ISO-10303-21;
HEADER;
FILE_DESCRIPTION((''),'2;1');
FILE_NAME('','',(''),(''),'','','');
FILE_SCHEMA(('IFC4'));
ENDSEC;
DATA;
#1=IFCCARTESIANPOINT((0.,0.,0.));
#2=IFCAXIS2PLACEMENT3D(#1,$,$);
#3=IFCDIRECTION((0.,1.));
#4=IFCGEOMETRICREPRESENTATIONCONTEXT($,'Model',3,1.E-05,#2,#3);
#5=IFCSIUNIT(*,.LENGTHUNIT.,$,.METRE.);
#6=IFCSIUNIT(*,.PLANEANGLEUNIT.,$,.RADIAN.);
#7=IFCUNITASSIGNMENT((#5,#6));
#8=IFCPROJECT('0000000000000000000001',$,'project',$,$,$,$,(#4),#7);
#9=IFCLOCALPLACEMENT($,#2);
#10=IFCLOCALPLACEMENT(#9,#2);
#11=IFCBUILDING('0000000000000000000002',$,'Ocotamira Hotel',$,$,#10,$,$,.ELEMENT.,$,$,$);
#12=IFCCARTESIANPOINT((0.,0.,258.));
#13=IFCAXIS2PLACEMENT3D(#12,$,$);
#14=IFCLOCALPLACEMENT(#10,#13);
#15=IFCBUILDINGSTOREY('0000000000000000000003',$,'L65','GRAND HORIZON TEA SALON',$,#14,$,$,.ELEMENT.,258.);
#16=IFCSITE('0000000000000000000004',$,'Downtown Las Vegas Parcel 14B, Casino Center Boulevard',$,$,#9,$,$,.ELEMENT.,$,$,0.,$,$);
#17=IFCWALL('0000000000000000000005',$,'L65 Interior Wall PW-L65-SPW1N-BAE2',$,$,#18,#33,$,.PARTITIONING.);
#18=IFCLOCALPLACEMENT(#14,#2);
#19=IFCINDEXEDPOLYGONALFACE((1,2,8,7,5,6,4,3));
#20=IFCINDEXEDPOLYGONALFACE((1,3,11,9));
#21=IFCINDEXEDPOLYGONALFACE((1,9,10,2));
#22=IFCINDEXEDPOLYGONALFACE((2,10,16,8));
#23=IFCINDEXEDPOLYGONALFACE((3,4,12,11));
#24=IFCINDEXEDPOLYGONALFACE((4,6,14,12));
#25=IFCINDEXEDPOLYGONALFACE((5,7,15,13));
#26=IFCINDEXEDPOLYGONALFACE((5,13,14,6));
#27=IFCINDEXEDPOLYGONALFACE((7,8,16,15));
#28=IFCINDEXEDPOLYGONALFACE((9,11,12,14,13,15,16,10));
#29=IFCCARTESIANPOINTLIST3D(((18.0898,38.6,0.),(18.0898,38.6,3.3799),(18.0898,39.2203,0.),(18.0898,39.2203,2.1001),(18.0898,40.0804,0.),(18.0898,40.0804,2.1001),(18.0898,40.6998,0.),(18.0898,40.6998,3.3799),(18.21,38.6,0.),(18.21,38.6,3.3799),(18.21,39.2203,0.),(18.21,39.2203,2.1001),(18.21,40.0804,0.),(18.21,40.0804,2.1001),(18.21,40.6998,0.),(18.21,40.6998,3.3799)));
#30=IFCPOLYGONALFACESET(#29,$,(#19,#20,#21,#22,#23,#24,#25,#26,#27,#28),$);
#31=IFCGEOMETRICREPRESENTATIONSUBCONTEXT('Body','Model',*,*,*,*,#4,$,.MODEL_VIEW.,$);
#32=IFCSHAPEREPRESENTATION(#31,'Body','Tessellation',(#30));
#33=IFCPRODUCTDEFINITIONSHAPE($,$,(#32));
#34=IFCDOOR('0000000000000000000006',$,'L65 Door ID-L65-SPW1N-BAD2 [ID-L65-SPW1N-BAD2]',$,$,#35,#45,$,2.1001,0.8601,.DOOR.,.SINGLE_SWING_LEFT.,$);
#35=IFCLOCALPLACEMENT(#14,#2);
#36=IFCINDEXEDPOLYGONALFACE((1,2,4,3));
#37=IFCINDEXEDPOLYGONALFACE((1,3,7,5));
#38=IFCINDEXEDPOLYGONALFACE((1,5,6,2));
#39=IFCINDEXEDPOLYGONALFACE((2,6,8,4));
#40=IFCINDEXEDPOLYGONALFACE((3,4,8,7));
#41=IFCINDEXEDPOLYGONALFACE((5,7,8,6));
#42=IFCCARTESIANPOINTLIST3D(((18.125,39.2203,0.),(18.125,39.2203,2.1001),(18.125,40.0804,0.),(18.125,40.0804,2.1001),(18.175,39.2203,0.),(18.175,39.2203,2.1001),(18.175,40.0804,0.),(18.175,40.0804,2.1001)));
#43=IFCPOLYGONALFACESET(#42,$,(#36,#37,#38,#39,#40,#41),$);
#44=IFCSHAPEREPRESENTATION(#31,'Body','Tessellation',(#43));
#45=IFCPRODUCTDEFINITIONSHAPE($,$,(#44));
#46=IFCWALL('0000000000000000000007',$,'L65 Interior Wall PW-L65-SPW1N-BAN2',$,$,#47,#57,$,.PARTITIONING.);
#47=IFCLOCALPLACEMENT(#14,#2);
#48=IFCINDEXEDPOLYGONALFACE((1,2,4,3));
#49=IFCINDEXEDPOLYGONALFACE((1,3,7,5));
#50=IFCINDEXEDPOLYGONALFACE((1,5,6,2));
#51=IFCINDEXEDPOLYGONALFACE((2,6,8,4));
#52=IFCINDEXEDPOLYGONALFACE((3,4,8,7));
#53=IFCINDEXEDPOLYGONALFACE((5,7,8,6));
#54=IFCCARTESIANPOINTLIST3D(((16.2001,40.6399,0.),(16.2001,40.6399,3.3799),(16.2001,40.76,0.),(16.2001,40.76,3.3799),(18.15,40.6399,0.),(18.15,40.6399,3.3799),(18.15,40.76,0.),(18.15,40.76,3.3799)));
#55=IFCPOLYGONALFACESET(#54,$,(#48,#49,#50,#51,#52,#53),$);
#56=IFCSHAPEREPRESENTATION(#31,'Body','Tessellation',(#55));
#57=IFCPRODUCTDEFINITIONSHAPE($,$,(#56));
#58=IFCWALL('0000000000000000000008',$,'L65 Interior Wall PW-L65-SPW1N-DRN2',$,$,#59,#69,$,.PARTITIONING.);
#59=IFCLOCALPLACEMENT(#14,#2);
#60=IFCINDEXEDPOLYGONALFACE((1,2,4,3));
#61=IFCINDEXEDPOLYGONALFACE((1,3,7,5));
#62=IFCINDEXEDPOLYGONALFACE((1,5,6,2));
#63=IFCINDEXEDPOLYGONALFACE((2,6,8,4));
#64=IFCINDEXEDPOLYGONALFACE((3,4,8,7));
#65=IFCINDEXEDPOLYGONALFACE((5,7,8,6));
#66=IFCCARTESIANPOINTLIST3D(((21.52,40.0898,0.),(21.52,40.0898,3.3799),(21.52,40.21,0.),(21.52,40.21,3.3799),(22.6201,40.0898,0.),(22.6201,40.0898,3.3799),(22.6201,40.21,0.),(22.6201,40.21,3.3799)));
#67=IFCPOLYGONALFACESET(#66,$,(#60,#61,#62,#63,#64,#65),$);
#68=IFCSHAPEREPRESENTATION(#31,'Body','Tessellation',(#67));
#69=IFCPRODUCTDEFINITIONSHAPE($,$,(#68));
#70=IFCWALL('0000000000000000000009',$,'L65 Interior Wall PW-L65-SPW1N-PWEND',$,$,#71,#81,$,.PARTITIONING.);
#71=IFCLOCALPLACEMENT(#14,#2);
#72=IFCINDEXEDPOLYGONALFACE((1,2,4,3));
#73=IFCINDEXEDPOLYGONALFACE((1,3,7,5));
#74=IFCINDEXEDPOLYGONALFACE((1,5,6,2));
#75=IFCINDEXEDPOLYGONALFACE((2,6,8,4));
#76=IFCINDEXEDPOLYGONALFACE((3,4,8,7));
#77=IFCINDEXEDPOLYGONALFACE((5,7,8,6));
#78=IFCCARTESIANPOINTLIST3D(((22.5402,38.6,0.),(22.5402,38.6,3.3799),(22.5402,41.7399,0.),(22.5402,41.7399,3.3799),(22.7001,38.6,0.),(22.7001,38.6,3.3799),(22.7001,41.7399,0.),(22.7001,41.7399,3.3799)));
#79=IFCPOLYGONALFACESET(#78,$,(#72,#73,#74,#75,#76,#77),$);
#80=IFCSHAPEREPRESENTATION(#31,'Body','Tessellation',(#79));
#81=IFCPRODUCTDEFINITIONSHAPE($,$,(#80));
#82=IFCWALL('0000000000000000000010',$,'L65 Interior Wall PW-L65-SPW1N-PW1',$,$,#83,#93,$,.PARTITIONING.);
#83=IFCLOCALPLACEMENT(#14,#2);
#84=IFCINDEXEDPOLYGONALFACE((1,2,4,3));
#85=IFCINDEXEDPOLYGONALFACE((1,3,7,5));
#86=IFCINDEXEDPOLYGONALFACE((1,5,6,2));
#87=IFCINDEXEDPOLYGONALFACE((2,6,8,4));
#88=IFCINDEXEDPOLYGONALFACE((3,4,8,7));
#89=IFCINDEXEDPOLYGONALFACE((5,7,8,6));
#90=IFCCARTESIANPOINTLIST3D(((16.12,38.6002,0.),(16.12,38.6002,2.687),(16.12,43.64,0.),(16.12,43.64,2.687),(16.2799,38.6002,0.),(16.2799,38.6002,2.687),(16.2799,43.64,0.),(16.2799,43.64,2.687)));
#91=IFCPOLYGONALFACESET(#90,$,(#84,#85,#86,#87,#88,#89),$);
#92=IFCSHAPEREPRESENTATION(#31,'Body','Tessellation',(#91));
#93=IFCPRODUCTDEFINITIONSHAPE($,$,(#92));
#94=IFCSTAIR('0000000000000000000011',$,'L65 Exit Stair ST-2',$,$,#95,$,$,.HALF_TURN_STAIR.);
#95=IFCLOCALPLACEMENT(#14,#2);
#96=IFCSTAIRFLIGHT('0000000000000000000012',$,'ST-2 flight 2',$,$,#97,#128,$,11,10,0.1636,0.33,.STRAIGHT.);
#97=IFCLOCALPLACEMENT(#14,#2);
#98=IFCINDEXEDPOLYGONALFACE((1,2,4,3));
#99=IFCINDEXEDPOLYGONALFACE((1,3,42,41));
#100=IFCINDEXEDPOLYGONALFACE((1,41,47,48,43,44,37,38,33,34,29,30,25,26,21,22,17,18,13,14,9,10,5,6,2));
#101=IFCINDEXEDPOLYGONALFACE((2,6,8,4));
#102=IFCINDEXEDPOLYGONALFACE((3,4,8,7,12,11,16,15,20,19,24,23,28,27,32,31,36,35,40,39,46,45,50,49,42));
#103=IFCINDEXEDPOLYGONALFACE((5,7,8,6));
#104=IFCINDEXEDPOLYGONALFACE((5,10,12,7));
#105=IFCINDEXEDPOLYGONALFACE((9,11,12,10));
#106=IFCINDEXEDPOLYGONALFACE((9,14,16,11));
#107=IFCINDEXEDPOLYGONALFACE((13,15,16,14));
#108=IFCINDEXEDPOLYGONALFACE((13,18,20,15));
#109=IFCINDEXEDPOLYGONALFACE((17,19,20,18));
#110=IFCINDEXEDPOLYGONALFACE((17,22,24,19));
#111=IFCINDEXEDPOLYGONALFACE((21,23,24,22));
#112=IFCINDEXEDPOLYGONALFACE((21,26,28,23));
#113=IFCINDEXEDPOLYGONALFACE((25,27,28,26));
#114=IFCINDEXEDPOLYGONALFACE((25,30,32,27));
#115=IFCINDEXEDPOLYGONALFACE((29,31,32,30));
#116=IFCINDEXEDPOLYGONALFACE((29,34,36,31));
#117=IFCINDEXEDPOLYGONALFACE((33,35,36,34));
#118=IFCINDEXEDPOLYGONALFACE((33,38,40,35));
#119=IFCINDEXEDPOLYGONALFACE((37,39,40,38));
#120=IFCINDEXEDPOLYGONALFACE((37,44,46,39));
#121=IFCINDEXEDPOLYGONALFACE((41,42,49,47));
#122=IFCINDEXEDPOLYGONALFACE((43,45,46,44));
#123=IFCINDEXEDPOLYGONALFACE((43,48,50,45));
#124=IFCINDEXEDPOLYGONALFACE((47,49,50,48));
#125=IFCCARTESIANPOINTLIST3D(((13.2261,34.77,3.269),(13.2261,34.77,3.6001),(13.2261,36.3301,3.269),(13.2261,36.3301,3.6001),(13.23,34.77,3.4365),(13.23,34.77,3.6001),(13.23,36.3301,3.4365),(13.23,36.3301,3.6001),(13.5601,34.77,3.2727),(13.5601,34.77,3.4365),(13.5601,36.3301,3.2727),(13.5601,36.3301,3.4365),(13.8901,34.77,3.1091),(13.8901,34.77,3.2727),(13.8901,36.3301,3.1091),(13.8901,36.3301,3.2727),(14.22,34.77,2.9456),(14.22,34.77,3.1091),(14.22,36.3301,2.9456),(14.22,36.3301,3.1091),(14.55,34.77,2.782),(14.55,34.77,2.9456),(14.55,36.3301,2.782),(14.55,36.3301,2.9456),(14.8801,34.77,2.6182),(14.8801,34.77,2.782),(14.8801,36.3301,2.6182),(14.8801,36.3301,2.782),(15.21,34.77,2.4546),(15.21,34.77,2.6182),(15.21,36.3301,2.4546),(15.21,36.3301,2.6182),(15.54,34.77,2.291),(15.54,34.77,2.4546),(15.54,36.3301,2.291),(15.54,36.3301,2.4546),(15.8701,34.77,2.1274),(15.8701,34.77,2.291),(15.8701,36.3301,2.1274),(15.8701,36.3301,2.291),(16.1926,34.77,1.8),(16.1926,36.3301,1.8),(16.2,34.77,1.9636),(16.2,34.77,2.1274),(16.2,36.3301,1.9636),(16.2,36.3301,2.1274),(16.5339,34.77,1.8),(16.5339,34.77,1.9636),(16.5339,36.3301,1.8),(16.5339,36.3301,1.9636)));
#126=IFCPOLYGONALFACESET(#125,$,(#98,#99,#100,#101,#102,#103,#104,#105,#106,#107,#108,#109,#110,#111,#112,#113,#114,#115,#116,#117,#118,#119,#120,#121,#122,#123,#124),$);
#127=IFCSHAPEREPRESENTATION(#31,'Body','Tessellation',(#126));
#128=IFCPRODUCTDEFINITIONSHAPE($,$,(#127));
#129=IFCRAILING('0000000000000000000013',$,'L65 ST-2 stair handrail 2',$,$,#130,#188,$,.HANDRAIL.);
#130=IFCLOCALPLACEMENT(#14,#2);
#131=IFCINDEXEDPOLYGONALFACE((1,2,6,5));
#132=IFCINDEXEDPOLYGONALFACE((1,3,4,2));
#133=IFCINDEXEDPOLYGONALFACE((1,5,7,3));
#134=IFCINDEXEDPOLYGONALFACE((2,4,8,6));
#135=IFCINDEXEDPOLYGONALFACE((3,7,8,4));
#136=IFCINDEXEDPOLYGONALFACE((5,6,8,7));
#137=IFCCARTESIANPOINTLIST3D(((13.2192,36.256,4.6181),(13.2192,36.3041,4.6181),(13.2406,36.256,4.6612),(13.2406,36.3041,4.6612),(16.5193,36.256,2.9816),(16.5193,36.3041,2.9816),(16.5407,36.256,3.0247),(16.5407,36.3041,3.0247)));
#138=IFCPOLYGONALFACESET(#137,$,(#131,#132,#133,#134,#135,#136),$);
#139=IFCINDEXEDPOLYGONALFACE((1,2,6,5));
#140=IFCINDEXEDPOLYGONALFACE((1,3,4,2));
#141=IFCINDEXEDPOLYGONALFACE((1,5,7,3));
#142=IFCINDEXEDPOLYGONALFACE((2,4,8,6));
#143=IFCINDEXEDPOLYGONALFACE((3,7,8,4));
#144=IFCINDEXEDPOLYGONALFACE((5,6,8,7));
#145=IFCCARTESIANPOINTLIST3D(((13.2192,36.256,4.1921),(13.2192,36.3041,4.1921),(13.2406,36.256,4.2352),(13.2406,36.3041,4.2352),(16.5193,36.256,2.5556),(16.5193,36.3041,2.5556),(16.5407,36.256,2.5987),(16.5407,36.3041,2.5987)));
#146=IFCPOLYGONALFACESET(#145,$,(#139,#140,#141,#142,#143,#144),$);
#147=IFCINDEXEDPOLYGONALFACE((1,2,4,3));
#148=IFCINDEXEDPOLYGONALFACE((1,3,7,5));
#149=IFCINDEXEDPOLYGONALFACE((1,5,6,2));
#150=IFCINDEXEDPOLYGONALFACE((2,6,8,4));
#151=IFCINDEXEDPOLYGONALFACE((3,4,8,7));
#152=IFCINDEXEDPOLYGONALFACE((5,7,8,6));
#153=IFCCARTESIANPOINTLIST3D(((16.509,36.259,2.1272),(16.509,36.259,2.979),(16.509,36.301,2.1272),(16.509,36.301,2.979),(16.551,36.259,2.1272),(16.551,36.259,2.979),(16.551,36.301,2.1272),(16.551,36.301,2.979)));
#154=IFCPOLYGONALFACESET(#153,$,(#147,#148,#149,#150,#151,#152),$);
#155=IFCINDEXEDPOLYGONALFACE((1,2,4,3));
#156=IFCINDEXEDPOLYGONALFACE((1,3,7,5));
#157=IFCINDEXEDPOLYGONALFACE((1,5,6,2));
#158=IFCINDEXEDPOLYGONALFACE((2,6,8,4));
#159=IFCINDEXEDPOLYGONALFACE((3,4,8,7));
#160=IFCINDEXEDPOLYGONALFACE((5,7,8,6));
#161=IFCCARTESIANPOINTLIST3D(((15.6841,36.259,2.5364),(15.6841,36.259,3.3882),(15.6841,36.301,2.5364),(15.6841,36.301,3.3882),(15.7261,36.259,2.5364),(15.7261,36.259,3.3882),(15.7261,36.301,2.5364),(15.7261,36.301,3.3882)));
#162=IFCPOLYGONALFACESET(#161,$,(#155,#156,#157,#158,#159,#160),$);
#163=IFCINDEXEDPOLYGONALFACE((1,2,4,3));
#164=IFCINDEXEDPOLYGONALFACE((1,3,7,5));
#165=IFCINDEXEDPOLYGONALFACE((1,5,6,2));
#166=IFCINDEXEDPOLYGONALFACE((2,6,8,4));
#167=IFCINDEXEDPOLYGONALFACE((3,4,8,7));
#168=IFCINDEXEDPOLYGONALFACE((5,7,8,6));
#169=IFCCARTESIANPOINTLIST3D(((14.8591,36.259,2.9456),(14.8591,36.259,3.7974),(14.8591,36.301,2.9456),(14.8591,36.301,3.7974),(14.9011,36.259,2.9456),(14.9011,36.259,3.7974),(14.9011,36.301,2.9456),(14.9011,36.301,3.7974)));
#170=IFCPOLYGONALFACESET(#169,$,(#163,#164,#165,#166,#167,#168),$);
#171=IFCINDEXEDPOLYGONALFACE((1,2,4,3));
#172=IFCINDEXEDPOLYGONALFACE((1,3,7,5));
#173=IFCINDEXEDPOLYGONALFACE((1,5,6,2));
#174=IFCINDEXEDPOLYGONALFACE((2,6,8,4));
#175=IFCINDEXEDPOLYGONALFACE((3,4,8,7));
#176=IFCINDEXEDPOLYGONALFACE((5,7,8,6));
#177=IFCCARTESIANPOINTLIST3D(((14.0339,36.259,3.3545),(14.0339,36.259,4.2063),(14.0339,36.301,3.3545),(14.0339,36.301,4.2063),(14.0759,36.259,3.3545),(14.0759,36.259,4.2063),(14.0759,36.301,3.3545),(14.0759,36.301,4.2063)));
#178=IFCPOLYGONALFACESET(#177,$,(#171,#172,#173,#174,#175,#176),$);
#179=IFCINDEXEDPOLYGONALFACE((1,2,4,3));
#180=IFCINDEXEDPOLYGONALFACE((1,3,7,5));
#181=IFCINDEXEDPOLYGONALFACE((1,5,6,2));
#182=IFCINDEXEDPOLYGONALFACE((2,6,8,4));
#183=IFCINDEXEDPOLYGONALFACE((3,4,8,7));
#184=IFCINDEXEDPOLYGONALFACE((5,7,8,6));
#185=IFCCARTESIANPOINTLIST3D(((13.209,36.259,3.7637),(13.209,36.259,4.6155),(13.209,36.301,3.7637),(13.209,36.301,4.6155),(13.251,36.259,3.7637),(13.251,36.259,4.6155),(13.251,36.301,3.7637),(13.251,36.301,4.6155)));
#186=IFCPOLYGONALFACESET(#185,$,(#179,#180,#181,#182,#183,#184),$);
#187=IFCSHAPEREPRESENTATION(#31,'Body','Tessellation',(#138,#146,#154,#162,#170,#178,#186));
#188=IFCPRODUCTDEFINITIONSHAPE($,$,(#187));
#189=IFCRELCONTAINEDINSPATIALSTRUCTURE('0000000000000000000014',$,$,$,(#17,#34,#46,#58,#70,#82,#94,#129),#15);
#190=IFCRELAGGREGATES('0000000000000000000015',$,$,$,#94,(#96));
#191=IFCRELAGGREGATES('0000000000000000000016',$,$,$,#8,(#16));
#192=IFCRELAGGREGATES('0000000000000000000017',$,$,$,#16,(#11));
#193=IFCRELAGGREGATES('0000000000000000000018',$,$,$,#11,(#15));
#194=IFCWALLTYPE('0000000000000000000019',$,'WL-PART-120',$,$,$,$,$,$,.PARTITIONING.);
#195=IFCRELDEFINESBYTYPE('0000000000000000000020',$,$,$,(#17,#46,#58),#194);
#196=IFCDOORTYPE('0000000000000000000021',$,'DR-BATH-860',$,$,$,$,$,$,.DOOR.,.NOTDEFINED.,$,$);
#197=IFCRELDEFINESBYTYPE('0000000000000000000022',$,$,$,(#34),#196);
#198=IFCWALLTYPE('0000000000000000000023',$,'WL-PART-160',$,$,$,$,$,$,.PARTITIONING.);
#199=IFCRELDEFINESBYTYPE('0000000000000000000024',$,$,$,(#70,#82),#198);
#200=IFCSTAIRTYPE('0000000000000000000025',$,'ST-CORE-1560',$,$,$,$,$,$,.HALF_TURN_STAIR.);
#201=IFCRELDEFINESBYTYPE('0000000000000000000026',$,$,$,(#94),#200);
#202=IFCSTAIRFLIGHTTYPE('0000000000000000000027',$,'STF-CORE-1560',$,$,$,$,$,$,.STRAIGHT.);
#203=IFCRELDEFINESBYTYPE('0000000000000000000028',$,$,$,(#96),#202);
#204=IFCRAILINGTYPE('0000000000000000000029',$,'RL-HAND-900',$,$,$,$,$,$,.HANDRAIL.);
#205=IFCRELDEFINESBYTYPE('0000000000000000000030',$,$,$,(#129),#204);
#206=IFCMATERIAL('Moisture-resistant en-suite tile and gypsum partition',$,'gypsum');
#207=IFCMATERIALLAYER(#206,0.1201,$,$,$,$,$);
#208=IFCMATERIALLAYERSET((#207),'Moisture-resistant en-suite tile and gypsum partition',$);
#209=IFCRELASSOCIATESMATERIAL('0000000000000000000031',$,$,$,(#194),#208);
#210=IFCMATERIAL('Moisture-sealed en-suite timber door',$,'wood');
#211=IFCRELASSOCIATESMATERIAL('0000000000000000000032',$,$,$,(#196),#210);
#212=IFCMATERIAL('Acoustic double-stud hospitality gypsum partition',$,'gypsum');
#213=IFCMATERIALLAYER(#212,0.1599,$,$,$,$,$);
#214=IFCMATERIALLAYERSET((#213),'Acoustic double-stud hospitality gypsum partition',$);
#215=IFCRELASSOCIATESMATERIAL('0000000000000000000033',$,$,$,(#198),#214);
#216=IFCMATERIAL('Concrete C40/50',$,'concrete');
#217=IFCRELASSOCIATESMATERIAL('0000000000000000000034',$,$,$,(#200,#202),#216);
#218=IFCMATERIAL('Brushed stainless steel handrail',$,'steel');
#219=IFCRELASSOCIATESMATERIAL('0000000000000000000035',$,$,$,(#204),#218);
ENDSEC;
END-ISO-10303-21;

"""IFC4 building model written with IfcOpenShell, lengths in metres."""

from ifc_helpers import new_model, si_unit, direction, frame, frame_2d, origin, origin_2d, place, context, subcontext, project, spatial, polyline, rectangle, outline, extrude, source, transform, mapped, material, layer, layer_set, type_object, element, fill, aggregate, save


model = new_model("IFC4")

# Units and contexts
model_context = context("Model", 3, precision=1e-05, world=origin(), true_north=direction((0.0, 1.0)))
body_context = subcontext(model_context, "Body", "Model", "MODEL_VIEW")
ifc_project = project(units=[si_unit("LENGTHUNIT", "METRE"), si_unit("PLANEANGLEUNIT", "RADIAN")], contexts=[model_context])

# Site, building, storey
site_placement = place(None, origin())
site = spatial("IfcSite", under=ifc_project, at=site_placement, Name="Downtown Las Vegas Parcel 14B, Casino Center Boulevard", CompositionType="ELEMENT", RefElevation=0.0)
building_placement = place(site_placement, origin())
building = spatial("IfcBuilding", under=site, at=building_placement, Name="Ocotamira Hotel", CompositionType="ELEMENT")
storey_placement = place(building_placement, frame((0.0, 0.0, 258.0)))
storey = spatial("IfcBuildingStorey", under=building, at=storey_placement, Name="L65", Description="GRAND HORIZON TEA SALON", CompositionType="ELEMENT", Elevation=258.0)

# Wall, opening, door
ifc_material_1 = material(Name="Moisture-resistant en-suite tile and gypsum partition", Category="gypsum")
ifc_layer_1 = layer(ifc_material_1, 0.1201)
ifc_layer_set_1 = layer_set([ifc_layer_1], Name="Moisture-resistant en-suite tile and gypsum partition")
wall_type_1 = type_object("IfcWallType", Name="WL-PART-120", PredefinedType="PARTITIONING", material=ifc_layer_set_1)
wall_1_placement = place(storey_placement, frame((18.1499, 38.6001, 0.0), z_axis=(0.0, 0.0, 1.0), x_axis=(0.0, 1.0, 0.0)))
wall_1 = element("IfcWall", 1, at=wall_1_placement, inside=storey, type_object=wall_type_1, Name="L65 Interior Wall PW-L65-SPW1N-BAE2", PredefinedType="PARTITIONING", context=body_context, shape_type="SweptSolid", body=[
    extrude(rectangle(XDim=2.0999, YDim=0.1201, at=frame_2d((1.0498, 0.0))), origin(), (0.0, 0.0, 1.0), 3.3799),
])
opening_placement = place(wall_1_placement, frame((0.6201, 0.0, 0.0)))
opening = element("IfcOpeningElement", 2, at=opening_placement, cuts=wall_1, PredefinedType="OPENING", context=body_context, shape_type="SweptSolid", body=[
    extrude(rectangle(XDim=0.8601, YDim=2.1001, at=frame_2d((0.4302, 1.05))), frame((0.0, 0.0701, 0.0), z_axis=(0.0, -1.0, 0.0), x_axis=(1.0, 0.0, 0.0)), (0.0, 0.0, 1.0), 0.1401),
])
ifc_material_2 = material(Name="Moisture-sealed en-suite timber door", Category="wood")
door_type = type_object("IfcDoorType", Name="DR-BATH-860", OperationType="NOTDEFINED", PredefinedType="DOOR", material=ifc_material_2)
shared_shape_1 = source(origin(), body_context, "Body", "SweptSolid", [
    extrude(rectangle(XDim=0.8601, YDim=2.1001, at=frame_2d((0.4302, 1.05))), frame((0.0, 0.0249, 0.0), z_axis=(0.0, -1.0, 0.0), x_axis=(1.0, 0.0, 0.0)), (0.0, 0.0, 1.0), 0.05),
])
door_placement = place(opening_placement, origin())
door = element("IfcDoor", 3, at=door_placement, inside=storey, type_object=door_type, Name="L65 Door ID-L65-SPW1N-BAD2 [ID-L65-SPW1N-BAD2]", OperationType="SINGLE_SWING_LEFT", OverallHeight=2.1001, OverallWidth=0.8601, PredefinedType="DOOR", context=body_context, shape_type="MappedRepresentation", body=[
    mapped(shared_shape_1, transform((0.0, 0.0, 0.0), scale=1.0)),
])
fill(opening, door)

# Walls
wall_2_placement = place(storey_placement, frame((16.2, 40.7, 0.0), z_axis=(0.0, 0.0, 1.0), x_axis=(1.0, 0.0, 0.0)))
element("IfcWall", 4, at=wall_2_placement, inside=storey, type_object=wall_type_1, Name="L65 Interior Wall PW-L65-SPW1N-BAN2", PredefinedType="PARTITIONING", context=body_context, shape_type="SweptSolid", body=[
    extrude(rectangle(XDim=1.95, YDim=0.1201, at=frame_2d((0.9751, 0.0))), origin(), (0.0, 0.0, 1.0), 3.3799),
])
wall_3_placement = place(storey_placement, frame((21.52, 40.1499, 0.0), z_axis=(0.0, 0.0, 1.0), x_axis=(1.0, 0.0, 0.0)))
element("IfcWall", 5, at=wall_3_placement, inside=storey, type_object=wall_type_1, Name="L65 Interior Wall PW-L65-SPW1N-DRN2", PredefinedType="PARTITIONING", context=body_context, shape_type="SweptSolid", body=[
    extrude(rectangle(XDim=1.1001, YDim=0.1201, at=frame_2d((0.55, 0.0))), origin(), (0.0, 0.0, 1.0), 3.3799),
])
ifc_material_3 = material(Name="Acoustic double-stud hospitality gypsum partition", Category="gypsum")
ifc_layer_2 = layer(ifc_material_3, 0.1599)
ifc_layer_set_2 = layer_set([ifc_layer_2], Name="Acoustic double-stud hospitality gypsum partition")
wall_type_2 = type_object("IfcWallType", Name="WL-PART-160", PredefinedType="PARTITIONING", material=ifc_layer_set_2)
wall_4_placement = place(storey_placement, frame((22.6201, 38.6001, 0.0), z_axis=(0.0, 0.0, 1.0), x_axis=(0.0, 1.0, 0.0)))
element("IfcWall", 6, at=wall_4_placement, inside=storey, type_object=wall_type_2, Name="L65 Interior Wall PW-L65-SPW1N-PWEND", PredefinedType="PARTITIONING", context=body_context, shape_type="SweptSolid", body=[
    extrude(rectangle(XDim=3.1399, YDim=0.1599, at=frame_2d((1.5698, 0.0))), origin(), (0.0, 0.0, 1.0), 3.3799),
])
wall_5_placement = place(storey_placement, frame((16.2, 38.6001, 0.0), z_axis=(0.0, 0.0, 1.0), x_axis=(0.0, 1.0, 0.0)))
element("IfcWall", 7, at=wall_5_placement, inside=storey, type_object=wall_type_2, Name="L65 Interior Wall PW-L65-SPW1N-PW1", PredefinedType="PARTITIONING", context=body_context, shape_type="SweptSolid", body=[
    extrude(rectangle(XDim=5.0398, YDim=0.1599, at=frame_2d((2.52, 0.0))), origin(), (0.0, 0.0, 1.0), 2.687),
])

# Stair, stair flight
ifc_material_4 = material(Name="Concrete C40/50", Category="concrete")
stair_type = type_object("IfcStairType", Name="ST-CORE-1560", PredefinedType="HALF_TURN_STAIR", material=ifc_material_4)
stair_placement = place(storey_placement, origin())
stair = element("IfcStair", 8, at=stair_placement, inside=storey, type_object=stair_type, Name="L65 Exit Stair ST-2", PredefinedType="HALF_TURN_STAIR")
stair_flight_type = type_object("IfcStairFlightType", Name="STF-CORE-1560", PredefinedType="STRAIGHT", material=ifc_material_4)
shared_shape_2 = source(origin(), body_context, "Body", "SweptSolid", [
    extrude(outline(polyline([(-0.0039, 0.0), (-0.0039, 0.1636), (0.3301, 0.1636), (0.3301, 0.3274), (0.6599, 0.3274), (0.6599, 0.491), (0.99, 0.491), (0.99, 0.6545), (1.3201, 0.6545), (1.3201, 0.8181), (1.6499, 0.8181), (1.6499, 0.9819), (1.98, 0.9819), (1.98, 1.1455), (2.3101, 1.1455), (2.3101, 1.3091), (2.6399, 1.3091), (2.6399, 1.4727), (2.97, 1.4727), (2.97, 1.6365), (3.3, 1.6365), (3.3, 1.8), (3.304, 1.8), (3.304, 1.469), (0.3374, 0.0), (-0.0039, 0.0)])), frame((0.0, 0.78, 0.0), z_axis=(0.0, -1.0, 0.0), x_axis=(1.0, 0.0, 0.0)), (0.0, 0.0, 1.0), 1.5601),
])
stair_flight_placement = place(storey_placement, frame((16.53, 35.55, 1.8), z_axis=(0.0, 0.0, 1.0), x_axis=(-1.0, 0.0, 0.0)))
stair_flight = element("IfcStairFlight", 9, at=stair_flight_placement, type_object=stair_flight_type, Name="ST-2 flight 2", NumberOfRisers=11, NumberOfTreads=10, PredefinedType="STRAIGHT", RiserHeight=0.1636, TreadLength=0.33, context=body_context, shape_type="MappedRepresentation", body=[
    mapped(shared_shape_2, transform((0.0, 0.0, 0.0), scale=1.0)),
])
aggregate(stair, [stair_flight])

# Railing
ifc_material_5 = material(Name="Brushed stainless steel handrail", Category="steel")
railing_type_1 = type_object("IfcRailingType", Name="RL-HAND-900", PredefinedType="HANDRAIL", material=ifc_material_5)
railing_1_placement = place(storey_placement, frame((16.53, 36.28, 2.1272)))
element("IfcRailing", 10, at=railing_1_placement, inside=storey, type_object=railing_type_1, Name="L65 ST-2 stair handrail 2", PredefinedType="HANDRAIL", context=body_context, shape_type="SweptSolid", body=[
    extrude(rectangle(XDim=0.0481, YDim=0.0481, at=origin_2d()), frame((0.0, 0.0, 0.876), z_axis=(-0.895894, 0.0, 0.444268), x_axis=(0.0, -1.0, 0.0)), (0.0, 0.0, 1.0), 3.6836),
    extrude(rectangle(XDim=0.0481, YDim=0.0481, at=origin_2d()), frame((0.0, 0.0, 0.45), z_axis=(-0.895894, 0.0, 0.444268), x_axis=(0.0, -1.0, 0.0)), (0.0, 0.0, 1.0), 3.6836),
    extrude(rectangle(XDim=0.042, YDim=0.042, at=origin_2d()), origin(), (0.0, 0.0, 1.0), 0.8518),
    extrude(rectangle(XDim=0.042, YDim=0.042, at=origin_2d()), frame((-0.825, 0.0, 0.4092)), (0.0, 0.0, 1.0), 0.8518),
    extrude(rectangle(XDim=0.042, YDim=0.042, at=origin_2d()), frame((-1.6499, 0.0, 0.8184)), (0.0, 0.0, 1.0), 0.8518),
    extrude(rectangle(XDim=0.042, YDim=0.042, at=origin_2d()), frame((-2.4751, 0.0, 1.2273)), (0.0, 0.0, 1.0), 0.8518),
    extrude(rectangle(XDim=0.042, YDim=0.042, at=origin_2d()), frame((-3.3, 0.0, 1.6365)), (0.0, 0.0, 1.0), 0.8518),
])

save(model, "model.ifc")
